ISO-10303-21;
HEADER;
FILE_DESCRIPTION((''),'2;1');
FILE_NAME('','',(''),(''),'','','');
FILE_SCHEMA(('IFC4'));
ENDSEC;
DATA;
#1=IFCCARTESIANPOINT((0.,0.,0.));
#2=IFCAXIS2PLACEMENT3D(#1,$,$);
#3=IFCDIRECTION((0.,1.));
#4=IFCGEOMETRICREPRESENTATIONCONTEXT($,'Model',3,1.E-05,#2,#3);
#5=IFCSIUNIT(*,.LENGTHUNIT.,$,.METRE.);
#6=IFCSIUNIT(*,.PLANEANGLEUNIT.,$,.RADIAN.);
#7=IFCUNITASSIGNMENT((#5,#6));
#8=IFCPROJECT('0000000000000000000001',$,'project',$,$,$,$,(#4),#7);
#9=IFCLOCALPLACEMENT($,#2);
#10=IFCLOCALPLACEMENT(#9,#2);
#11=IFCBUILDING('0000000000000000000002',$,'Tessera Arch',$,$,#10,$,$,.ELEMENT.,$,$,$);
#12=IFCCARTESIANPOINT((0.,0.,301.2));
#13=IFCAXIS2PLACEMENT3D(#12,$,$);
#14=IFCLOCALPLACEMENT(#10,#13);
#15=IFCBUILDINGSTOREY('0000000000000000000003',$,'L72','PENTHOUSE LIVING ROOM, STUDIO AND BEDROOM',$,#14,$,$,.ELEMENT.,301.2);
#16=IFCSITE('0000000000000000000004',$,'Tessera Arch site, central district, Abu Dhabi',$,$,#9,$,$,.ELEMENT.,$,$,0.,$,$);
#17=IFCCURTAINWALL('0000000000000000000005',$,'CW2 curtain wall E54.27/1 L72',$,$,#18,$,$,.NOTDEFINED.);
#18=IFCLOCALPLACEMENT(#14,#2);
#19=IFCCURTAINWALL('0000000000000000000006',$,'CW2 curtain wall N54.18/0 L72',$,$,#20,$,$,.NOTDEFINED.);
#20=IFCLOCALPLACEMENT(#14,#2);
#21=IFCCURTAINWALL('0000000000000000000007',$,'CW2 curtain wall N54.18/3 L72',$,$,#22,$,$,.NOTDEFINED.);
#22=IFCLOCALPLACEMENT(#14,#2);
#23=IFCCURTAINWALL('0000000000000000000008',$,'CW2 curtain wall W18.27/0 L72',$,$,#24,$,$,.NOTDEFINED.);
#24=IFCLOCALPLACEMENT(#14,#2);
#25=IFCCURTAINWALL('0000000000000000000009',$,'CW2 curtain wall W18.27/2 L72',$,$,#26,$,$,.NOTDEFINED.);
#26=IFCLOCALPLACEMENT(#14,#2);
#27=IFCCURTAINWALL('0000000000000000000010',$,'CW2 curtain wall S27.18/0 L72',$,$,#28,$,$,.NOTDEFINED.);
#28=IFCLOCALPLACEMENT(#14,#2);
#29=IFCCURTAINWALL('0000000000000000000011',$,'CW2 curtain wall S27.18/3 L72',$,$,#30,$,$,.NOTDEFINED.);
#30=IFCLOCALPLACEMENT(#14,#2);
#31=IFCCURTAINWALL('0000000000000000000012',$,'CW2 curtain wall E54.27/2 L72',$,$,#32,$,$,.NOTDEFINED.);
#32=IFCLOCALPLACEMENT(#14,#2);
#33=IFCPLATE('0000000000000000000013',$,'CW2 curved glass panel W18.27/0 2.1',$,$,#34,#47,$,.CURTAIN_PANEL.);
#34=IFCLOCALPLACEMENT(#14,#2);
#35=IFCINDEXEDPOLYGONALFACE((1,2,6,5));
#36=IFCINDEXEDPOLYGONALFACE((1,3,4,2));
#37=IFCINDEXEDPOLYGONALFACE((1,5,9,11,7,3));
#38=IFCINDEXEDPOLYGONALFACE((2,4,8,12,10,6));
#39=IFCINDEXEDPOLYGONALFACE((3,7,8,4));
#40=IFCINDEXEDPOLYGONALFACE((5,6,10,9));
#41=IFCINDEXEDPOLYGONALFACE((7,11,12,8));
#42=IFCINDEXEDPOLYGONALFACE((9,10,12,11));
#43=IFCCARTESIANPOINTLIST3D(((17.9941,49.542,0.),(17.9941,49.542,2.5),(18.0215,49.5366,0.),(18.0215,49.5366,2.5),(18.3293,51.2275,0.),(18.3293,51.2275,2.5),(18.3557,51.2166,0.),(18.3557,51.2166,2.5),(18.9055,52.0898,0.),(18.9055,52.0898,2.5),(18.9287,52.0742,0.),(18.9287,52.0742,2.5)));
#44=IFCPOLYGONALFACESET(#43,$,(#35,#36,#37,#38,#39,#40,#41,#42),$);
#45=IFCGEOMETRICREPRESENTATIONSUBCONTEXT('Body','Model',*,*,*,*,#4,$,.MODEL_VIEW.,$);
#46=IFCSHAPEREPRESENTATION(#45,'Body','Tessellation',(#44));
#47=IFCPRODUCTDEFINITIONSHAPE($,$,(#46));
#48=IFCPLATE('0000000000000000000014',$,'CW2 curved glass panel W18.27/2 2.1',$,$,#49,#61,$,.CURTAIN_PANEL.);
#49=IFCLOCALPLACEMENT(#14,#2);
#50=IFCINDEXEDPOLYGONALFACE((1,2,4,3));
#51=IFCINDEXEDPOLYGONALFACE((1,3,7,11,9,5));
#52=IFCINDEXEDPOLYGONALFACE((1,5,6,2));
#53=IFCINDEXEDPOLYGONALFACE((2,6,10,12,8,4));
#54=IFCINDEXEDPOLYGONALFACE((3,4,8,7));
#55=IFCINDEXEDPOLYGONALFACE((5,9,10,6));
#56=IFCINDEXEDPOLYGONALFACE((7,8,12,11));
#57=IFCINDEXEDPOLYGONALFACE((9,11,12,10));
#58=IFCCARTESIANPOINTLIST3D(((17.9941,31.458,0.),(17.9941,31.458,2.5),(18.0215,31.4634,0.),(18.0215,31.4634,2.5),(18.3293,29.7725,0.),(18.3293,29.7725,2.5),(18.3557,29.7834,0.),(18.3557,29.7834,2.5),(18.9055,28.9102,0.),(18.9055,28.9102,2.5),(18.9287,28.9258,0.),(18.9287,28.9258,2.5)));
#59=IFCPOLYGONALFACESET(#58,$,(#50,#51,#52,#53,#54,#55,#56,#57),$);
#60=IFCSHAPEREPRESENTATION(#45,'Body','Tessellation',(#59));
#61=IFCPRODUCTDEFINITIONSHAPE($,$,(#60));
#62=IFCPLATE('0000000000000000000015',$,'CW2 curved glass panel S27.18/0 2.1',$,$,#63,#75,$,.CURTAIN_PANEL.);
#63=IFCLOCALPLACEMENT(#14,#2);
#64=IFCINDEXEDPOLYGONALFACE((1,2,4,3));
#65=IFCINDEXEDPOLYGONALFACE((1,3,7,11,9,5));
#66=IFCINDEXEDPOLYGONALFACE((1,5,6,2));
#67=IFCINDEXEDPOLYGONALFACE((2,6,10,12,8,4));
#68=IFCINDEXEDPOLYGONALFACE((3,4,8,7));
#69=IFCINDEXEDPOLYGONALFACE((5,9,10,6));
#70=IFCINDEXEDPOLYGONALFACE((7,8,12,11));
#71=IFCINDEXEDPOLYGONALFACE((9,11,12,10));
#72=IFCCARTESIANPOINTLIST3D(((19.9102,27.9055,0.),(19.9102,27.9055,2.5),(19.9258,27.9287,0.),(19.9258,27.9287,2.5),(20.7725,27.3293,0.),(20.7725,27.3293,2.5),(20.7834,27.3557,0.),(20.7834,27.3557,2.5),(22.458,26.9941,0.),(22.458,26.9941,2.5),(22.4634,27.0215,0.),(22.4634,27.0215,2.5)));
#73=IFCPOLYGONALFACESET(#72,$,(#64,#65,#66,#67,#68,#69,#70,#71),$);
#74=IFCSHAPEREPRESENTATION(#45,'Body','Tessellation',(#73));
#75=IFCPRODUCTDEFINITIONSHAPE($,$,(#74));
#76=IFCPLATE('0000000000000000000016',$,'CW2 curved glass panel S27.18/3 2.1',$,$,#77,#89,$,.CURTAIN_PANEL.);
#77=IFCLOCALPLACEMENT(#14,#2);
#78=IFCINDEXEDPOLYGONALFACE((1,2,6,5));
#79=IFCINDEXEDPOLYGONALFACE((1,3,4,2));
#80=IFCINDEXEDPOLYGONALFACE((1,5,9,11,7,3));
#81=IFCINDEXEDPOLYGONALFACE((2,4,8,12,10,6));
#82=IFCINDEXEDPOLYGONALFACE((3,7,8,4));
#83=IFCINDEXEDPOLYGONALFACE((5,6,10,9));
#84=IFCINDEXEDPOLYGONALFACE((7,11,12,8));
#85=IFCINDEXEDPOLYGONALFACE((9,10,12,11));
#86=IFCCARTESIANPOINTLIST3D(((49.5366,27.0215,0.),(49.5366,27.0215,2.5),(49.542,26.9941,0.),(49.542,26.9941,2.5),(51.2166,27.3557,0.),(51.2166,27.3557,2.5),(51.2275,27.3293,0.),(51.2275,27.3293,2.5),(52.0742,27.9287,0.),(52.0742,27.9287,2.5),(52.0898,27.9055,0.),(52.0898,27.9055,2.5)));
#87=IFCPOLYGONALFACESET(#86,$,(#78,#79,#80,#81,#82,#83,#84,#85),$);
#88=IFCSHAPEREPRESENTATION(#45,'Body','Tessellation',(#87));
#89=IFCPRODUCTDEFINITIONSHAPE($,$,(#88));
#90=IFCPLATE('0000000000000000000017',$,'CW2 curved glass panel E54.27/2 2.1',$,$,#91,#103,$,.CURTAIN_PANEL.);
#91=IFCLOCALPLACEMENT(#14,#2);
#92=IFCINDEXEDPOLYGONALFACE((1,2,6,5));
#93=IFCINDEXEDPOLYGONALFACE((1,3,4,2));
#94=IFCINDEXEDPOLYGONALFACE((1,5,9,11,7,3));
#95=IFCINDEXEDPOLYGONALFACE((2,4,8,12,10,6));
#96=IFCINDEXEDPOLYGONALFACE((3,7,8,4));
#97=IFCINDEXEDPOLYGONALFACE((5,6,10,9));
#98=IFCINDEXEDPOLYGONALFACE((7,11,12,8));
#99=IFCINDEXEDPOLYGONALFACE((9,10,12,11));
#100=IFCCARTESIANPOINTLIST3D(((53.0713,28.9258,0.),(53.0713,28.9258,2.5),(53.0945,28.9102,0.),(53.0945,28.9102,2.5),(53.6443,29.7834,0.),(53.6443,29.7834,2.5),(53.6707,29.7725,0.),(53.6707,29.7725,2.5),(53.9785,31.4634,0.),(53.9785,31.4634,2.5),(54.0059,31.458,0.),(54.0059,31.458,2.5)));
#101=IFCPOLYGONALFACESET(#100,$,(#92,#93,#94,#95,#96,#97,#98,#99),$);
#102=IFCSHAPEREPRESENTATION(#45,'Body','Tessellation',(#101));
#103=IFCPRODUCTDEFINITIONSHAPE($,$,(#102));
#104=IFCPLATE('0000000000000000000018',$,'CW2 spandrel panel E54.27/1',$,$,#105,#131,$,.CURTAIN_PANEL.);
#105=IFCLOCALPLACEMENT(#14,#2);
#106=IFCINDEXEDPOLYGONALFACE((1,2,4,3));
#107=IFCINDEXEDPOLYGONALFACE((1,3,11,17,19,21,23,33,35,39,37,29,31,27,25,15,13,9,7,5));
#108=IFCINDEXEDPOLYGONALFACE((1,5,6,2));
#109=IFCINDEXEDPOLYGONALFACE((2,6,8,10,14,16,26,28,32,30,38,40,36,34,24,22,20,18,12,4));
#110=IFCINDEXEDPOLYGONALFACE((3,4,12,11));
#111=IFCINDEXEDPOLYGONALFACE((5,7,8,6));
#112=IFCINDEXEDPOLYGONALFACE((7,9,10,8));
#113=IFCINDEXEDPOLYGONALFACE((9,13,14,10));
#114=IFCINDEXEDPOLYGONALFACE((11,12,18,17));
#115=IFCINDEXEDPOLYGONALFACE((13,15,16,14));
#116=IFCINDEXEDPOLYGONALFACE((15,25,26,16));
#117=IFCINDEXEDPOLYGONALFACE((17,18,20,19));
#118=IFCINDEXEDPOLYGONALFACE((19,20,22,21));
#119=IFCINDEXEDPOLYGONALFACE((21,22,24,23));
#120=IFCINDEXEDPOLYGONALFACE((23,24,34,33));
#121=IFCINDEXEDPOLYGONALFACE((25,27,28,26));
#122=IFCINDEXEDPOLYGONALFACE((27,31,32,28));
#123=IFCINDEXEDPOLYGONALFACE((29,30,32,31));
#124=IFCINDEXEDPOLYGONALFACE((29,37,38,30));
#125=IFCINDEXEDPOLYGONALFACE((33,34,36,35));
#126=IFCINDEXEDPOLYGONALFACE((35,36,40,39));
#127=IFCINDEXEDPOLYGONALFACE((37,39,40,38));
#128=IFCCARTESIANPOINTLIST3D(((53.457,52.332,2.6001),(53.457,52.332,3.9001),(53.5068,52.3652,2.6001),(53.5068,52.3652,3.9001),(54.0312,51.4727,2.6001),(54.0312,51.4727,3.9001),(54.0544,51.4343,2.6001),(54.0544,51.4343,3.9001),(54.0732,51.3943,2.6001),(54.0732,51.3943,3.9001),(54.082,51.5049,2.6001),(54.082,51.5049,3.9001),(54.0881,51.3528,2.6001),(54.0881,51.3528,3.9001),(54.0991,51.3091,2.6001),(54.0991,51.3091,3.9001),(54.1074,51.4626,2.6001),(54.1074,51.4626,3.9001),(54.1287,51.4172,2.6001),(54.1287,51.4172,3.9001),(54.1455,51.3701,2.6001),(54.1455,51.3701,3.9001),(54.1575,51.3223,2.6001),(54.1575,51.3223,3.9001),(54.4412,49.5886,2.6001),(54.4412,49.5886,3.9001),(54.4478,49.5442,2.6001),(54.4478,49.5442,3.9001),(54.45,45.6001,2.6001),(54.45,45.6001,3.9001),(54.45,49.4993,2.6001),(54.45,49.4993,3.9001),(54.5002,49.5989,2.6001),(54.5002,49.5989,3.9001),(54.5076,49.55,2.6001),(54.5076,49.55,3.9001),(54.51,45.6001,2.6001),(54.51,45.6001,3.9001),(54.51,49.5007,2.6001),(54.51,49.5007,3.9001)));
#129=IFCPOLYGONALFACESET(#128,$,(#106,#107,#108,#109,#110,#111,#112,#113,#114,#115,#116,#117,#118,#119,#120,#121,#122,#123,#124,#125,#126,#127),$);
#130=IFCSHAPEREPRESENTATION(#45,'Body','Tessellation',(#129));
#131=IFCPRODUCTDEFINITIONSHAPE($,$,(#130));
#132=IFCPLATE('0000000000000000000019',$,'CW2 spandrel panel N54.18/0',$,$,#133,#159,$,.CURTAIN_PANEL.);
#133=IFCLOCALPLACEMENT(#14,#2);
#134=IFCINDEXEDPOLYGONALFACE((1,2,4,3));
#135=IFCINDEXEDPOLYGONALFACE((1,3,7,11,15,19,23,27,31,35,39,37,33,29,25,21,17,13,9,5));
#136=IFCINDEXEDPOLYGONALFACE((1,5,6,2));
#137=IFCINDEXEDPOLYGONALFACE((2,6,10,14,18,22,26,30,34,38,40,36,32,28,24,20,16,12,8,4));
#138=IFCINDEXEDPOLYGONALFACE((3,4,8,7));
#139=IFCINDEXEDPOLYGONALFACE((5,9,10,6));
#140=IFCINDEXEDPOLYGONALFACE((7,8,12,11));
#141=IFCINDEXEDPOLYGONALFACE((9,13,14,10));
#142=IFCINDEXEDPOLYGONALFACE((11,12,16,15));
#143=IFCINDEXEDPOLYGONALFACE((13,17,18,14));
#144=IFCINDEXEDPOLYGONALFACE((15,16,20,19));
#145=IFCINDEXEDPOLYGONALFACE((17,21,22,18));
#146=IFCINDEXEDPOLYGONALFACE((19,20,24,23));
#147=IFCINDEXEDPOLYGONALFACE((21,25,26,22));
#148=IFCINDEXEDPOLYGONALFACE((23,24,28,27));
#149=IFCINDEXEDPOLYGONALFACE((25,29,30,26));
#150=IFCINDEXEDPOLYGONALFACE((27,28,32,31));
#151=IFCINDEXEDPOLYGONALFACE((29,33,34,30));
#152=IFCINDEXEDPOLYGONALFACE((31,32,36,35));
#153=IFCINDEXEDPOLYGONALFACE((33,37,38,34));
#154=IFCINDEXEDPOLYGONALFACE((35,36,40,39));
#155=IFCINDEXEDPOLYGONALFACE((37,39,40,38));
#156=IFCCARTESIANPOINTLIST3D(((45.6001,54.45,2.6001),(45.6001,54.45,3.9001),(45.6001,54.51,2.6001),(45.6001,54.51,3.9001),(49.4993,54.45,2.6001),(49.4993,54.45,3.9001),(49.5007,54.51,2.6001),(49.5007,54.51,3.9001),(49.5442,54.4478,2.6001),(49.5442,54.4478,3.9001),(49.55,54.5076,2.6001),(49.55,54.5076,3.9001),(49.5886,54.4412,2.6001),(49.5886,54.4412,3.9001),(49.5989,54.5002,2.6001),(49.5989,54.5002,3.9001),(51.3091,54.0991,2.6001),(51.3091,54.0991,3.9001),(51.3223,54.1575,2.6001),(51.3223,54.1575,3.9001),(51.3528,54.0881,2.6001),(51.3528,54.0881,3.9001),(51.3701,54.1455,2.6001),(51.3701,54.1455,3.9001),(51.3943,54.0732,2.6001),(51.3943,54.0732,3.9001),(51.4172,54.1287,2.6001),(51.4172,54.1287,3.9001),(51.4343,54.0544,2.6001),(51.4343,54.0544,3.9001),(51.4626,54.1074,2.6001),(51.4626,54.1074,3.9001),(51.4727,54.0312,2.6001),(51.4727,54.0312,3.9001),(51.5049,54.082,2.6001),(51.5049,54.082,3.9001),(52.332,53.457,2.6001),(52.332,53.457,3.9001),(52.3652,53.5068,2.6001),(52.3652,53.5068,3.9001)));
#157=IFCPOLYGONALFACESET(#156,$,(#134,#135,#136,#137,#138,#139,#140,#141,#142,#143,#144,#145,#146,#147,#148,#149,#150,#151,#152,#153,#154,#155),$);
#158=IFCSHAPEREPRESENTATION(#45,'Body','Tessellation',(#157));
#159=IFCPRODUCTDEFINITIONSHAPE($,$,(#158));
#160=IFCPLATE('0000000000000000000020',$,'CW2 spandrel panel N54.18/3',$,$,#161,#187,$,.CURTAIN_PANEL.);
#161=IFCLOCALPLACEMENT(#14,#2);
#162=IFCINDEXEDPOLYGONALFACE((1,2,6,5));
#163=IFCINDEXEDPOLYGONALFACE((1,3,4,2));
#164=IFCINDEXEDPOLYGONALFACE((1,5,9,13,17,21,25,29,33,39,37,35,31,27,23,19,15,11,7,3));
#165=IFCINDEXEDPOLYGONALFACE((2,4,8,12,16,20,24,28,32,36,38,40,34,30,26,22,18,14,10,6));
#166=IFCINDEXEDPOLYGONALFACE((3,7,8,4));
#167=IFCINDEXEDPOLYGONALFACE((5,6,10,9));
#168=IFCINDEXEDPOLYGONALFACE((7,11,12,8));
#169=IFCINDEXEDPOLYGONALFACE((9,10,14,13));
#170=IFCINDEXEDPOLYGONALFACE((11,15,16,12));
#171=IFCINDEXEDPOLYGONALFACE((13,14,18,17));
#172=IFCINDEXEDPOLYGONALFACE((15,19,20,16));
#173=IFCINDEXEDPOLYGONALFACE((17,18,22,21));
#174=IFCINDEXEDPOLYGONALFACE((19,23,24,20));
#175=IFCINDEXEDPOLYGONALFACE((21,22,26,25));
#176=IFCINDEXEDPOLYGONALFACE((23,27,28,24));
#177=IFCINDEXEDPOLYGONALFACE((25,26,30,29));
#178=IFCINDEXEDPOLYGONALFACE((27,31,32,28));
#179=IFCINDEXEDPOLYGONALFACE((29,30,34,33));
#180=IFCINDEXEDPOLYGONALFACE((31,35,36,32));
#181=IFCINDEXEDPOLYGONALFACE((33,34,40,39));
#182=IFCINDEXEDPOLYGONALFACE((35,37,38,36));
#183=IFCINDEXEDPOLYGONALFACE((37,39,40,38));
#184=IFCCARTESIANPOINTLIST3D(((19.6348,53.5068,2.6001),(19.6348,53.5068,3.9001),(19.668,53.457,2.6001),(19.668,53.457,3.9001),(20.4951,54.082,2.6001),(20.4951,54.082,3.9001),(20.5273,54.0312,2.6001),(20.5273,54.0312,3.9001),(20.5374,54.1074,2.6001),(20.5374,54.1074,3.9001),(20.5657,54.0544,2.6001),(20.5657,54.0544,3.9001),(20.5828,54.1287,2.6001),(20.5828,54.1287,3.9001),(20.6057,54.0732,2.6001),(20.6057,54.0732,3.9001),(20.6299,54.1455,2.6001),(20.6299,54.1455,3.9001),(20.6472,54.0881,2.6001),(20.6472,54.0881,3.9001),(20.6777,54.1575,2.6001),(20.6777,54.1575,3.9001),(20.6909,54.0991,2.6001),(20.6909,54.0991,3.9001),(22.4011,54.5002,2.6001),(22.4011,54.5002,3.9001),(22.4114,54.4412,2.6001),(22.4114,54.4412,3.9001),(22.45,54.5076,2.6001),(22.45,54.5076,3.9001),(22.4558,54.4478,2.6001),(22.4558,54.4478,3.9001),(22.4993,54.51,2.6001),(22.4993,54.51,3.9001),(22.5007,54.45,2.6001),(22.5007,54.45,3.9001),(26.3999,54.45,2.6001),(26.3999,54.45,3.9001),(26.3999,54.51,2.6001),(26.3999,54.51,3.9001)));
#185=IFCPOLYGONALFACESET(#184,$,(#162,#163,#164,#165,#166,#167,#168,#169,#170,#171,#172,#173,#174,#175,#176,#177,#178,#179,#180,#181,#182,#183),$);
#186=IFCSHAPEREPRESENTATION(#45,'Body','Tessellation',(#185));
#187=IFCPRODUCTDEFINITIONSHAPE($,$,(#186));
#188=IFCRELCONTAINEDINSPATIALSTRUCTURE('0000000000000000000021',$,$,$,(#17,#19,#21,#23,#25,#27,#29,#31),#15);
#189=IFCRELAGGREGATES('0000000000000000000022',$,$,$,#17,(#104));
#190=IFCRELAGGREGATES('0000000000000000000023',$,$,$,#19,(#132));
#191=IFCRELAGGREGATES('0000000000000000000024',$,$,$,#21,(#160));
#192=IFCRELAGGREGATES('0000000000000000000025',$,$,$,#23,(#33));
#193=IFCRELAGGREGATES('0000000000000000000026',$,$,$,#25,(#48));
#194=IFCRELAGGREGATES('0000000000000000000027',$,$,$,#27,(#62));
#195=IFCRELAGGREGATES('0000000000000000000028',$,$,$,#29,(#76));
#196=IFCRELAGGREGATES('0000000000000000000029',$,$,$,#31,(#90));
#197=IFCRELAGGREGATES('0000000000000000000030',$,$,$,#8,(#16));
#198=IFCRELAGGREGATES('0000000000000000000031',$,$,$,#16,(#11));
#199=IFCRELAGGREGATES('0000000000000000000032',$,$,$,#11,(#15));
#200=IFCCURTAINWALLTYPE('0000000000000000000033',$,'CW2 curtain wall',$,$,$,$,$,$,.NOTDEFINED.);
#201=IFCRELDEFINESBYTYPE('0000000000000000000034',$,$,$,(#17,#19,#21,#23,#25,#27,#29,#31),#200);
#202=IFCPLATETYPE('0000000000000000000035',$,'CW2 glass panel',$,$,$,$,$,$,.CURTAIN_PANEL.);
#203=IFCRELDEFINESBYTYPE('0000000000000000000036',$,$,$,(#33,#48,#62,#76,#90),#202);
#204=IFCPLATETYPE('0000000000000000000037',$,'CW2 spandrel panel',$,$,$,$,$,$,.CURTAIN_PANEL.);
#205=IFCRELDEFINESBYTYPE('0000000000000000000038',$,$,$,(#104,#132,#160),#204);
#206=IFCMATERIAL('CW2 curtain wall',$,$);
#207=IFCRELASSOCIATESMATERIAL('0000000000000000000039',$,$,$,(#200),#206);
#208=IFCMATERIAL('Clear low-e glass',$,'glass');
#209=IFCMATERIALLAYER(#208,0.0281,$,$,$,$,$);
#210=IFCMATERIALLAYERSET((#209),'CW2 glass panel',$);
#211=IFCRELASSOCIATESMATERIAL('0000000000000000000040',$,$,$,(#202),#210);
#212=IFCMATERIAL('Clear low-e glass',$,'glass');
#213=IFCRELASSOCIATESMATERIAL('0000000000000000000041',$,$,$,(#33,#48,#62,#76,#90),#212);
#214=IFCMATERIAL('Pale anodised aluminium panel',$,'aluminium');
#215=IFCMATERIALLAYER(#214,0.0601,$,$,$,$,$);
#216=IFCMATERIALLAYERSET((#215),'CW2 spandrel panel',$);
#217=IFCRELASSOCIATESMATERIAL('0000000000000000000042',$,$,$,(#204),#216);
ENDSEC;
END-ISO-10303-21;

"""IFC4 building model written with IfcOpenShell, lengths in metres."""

from ifc_helpers import new_model, si_unit, direction, frame, origin, place, context, subcontext, project, spatial, polyline, outline, extrude, material, layer, layer_set, type_object, element, aggregate, save


model = new_model("IFC4")

# Units and contexts
model_context = context("Model", 3, precision=1e-05, world=origin(), true_north=direction((0.0, 1.0)))
body_context = subcontext(model_context, "Body", "Model", "MODEL_VIEW")
ifc_project = project(units=[si_unit("LENGTHUNIT", "METRE"), si_unit("PLANEANGLEUNIT", "RADIAN")], contexts=[model_context])

# Site, building, storey
site_placement = place(None, origin())
site = spatial("IfcSite", under=ifc_project, at=site_placement, Name="Tessera Arch site, central district, Abu Dhabi", CompositionType="ELEMENT", RefElevation=0.0)
building_placement = place(site_placement, origin())
building = spatial("IfcBuilding", under=site, at=building_placement, Name="Tessera Arch", CompositionType="ELEMENT")
storey_placement = place(building_placement, frame((0.0, 0.0, 301.2)))
storey = spatial("IfcBuildingStorey", under=building, at=storey_placement, Name="L72", Description="PENTHOUSE LIVING ROOM, STUDIO AND BEDROOM", CompositionType="ELEMENT", Elevation=301.2)

# Curtain walls
ifc_material_1 = material(Name="CW2 curtain wall")
curtain_wall_type = type_object("IfcCurtainWallType", Name="CW2 curtain wall", PredefinedType="NOTDEFINED", material=ifc_material_1)
curtain_wall_1_placement = place(storey_placement, origin())
curtain_wall_1 = element("IfcCurtainWall", 1, at=curtain_wall_1_placement, inside=storey, type_object=curtain_wall_type, Name="CW2 curtain wall E54.27/1 L72", PredefinedType="NOTDEFINED")
curtain_wall_2_placement = place(storey_placement, origin())
curtain_wall_2 = element("IfcCurtainWall", 2, at=curtain_wall_2_placement, inside=storey, type_object=curtain_wall_type, Name="CW2 curtain wall N54.18/0 L72", PredefinedType="NOTDEFINED")
curtain_wall_3_placement = place(storey_placement, origin())
curtain_wall_3 = element("IfcCurtainWall", 3, at=curtain_wall_3_placement, inside=storey, type_object=curtain_wall_type, Name="CW2 curtain wall N54.18/3 L72", PredefinedType="NOTDEFINED")
curtain_wall_4_placement = place(storey_placement, origin())
curtain_wall_4 = element("IfcCurtainWall", 4, at=curtain_wall_4_placement, inside=storey, type_object=curtain_wall_type, Name="CW2 curtain wall W18.27/0 L72", PredefinedType="NOTDEFINED")
curtain_wall_5_placement = place(storey_placement, origin())
curtain_wall_5 = element("IfcCurtainWall", 5, at=curtain_wall_5_placement, inside=storey, type_object=curtain_wall_type, Name="CW2 curtain wall W18.27/2 L72", PredefinedType="NOTDEFINED")
curtain_wall_6_placement = place(storey_placement, origin())
curtain_wall_6 = element("IfcCurtainWall", 6, at=curtain_wall_6_placement, inside=storey, type_object=curtain_wall_type, Name="CW2 curtain wall S27.18/0 L72", PredefinedType="NOTDEFINED")
curtain_wall_7_placement = place(storey_placement, origin())
curtain_wall_7 = element("IfcCurtainWall", 7, at=curtain_wall_7_placement, inside=storey, type_object=curtain_wall_type, Name="CW2 curtain wall S27.18/3 L72", PredefinedType="NOTDEFINED")
curtain_wall_8_placement = place(storey_placement, origin())
curtain_wall_8 = element("IfcCurtainWall", 8, at=curtain_wall_8_placement, inside=storey, type_object=curtain_wall_type, Name="CW2 curtain wall E54.27/2 L72", PredefinedType="NOTDEFINED")

# Plates
ifc_material_2 = material(Name="Clear low-e glass", Category="glass")
ifc_material_3 = material(Name="Clear low-e glass", Category="glass")
ifc_layer_1 = layer(ifc_material_3, 0.0281)
ifc_layer_set_1 = layer_set([ifc_layer_1], Name="CW2 glass panel")
plate_type_1 = type_object("IfcPlateType", Name="CW2 glass panel", PredefinedType="CURTAIN_PANEL", material=ifc_layer_set_1)
plate_1_placement = place(storey_placement, origin())
plate_1 = element("IfcPlate", 9, at=plate_1_placement, type_object=plate_type_1, material=ifc_material_2, Name="CW2 curved glass panel W18.27/0 2.1", PredefinedType="CURTAIN_PANEL", context=body_context, shape_type="SweptSolid", body=[
    extrude(outline(polyline([(18.3557, 51.2166), (18.9287, 52.0742), (18.9055, 52.0898), (18.3293, 51.2275), (17.9941, 49.542), (18.0215, 49.5366), (18.3557, 51.2166)])), origin(), (0.0, 0.0, 1.0), 2.5),
])
plate_2_placement = place(storey_placement, origin())
plate_2 = element("IfcPlate", 10, at=plate_2_placement, type_object=plate_type_1, material=ifc_material_2, Name="CW2 curved glass panel W18.27/2 2.1", PredefinedType="CURTAIN_PANEL", context=body_context, shape_type="SweptSolid", body=[
    extrude(outline(polyline([(18.3557, 29.7834), (18.0215, 31.4634), (17.9941, 31.458), (18.3293, 29.7725), (18.9055, 28.9102), (18.9287, 28.9258), (18.3557, 29.7834)])), origin(), (0.0, 0.0, 1.0), 2.5),
])
plate_3_placement = place(storey_placement, origin())
plate_3 = element("IfcPlate", 11, at=plate_3_placement, type_object=plate_type_1, material=ifc_material_2, Name="CW2 curved glass panel S27.18/0 2.1", PredefinedType="CURTAIN_PANEL", context=body_context, shape_type="SweptSolid", body=[
    extrude(outline(polyline([(20.7834, 27.3557), (19.9258, 27.9287), (19.9102, 27.9055), (20.7725, 27.3293), (22.458, 26.9941), (22.4634, 27.0215), (20.7834, 27.3557)])), origin(), (0.0, 0.0, 1.0), 2.5),
])
plate_4_placement = place(storey_placement, origin())
plate_4 = element("IfcPlate", 12, at=plate_4_placement, type_object=plate_type_1, material=ifc_material_2, Name="CW2 curved glass panel S27.18/3 2.1", PredefinedType="CURTAIN_PANEL", context=body_context, shape_type="SweptSolid", body=[
    extrude(outline(polyline([(51.2166, 27.3557), (49.5366, 27.0215), (49.542, 26.9941), (51.2275, 27.3293), (52.0898, 27.9055), (52.0742, 27.9287), (51.2166, 27.3557)])), origin(), (0.0, 0.0, 1.0), 2.5),
])
plate_5_placement = place(storey_placement, origin())
plate_5 = element("IfcPlate", 13, at=plate_5_placement, type_object=plate_type_1, material=ifc_material_2, Name="CW2 curved glass panel E54.27/2 2.1", PredefinedType="CURTAIN_PANEL", context=body_context, shape_type="SweptSolid", body=[
    extrude(outline(polyline([(53.6443, 29.7834), (53.0713, 28.9258), (53.0945, 28.9102), (53.6707, 29.7725), (54.0059, 31.458), (53.9785, 31.4634), (53.6443, 29.7834)])), origin(), (0.0, 0.0, 1.0), 2.5),
])
ifc_material_4 = material(Name="Pale anodised aluminium panel", Category="aluminium")
ifc_layer_2 = layer(ifc_material_4, 0.0601)
ifc_layer_set_2 = layer_set([ifc_layer_2], Name="CW2 spandrel panel")
plate_type_2 = type_object("IfcPlateType", Name="CW2 spandrel panel", PredefinedType="CURTAIN_PANEL", material=ifc_layer_set_2)
plate_6_placement = place(storey_placement, frame((0.0, 0.0, 2.6001)))
plate_6 = element("IfcPlate", 14, at=plate_6_placement, type_object=plate_type_2, Name="CW2 spandrel panel E54.27/1", PredefinedType="CURTAIN_PANEL", context=body_context, shape_type="SweptSolid", body=[
    extrude(outline(polyline([(54.45, 49.4993), (54.45, 45.6001), (54.51, 45.6001), (54.51, 49.5007), (54.5076, 49.55), (54.5002, 49.5989), (54.1575, 51.3223), (54.1455, 51.3701), (54.1287, 51.4172), (54.1074, 51.4626), (54.082, 51.5049), (53.5068, 52.3652), (53.457, 52.332), (54.0312, 51.4727), (54.0544, 51.4343), (54.0732, 51.3943), (54.0881, 51.3528), (54.0991, 51.3091), (54.4412, 49.5886), (54.4478, 49.5442), (54.45, 49.4993)])), origin(), (0.0, 0.0, 1.0), 1.3),
])
aggregate(curtain_wall_1, [plate_6])
plate_7_placement = place(storey_placement, frame((0.0, 0.0, 2.6001)))
plate_7 = element("IfcPlate", 15, at=plate_7_placement, type_object=plate_type_2, Name="CW2 spandrel panel N54.18/0", PredefinedType="CURTAIN_PANEL", context=body_context, shape_type="SweptSolid", body=[
    extrude(outline(polyline([(51.4727, 54.0312), (52.332, 53.457), (52.3652, 53.5068), (51.5049, 54.082), (51.4626, 54.1074), (51.4172, 54.1287), (51.3701, 54.1455), (51.3223, 54.1575), (49.5989, 54.5002), (49.55, 54.5076), (49.5007, 54.51), (45.6001, 54.51), (45.6001, 54.45), (49.4993, 54.45), (49.5442, 54.4478), (49.5886, 54.4412), (51.3091, 54.0991), (51.3528, 54.0881), (51.3943, 54.0732), (51.4343, 54.0544), (51.4727, 54.0312)])), origin(), (0.0, 0.0, 1.0), 1.3),
])
aggregate(curtain_wall_2, [plate_7])
plate_8_placement = place(storey_placement, frame((0.0, 0.0, 2.6001)))
plate_8 = element("IfcPlate", 16, at=plate_8_placement, type_object=plate_type_2, Name="CW2 spandrel panel N54.18/3", PredefinedType="CURTAIN_PANEL", context=body_context, shape_type="SweptSolid", body=[
    extrude(outline(polyline([(22.5007, 54.45), (26.3999, 54.45), (26.3999, 54.51), (22.4993, 54.51), (22.45, 54.5076), (22.4011, 54.5002), (20.6777, 54.1575), (20.6299, 54.1455), (20.5828, 54.1287), (20.5374, 54.1074), (20.4951, 54.082), (19.6348, 53.5068), (19.668, 53.457), (20.5273, 54.0312), (20.5657, 54.0544), (20.6057, 54.0732), (20.6472, 54.0881), (20.6909, 54.0991), (22.4114, 54.4412), (22.4558, 54.4478), (22.5007, 54.45)])), origin(), (0.0, 0.0, 1.0), 1.3),
])
aggregate(curtain_wall_3, [plate_8])
aggregate(curtain_wall_4, [plate_1])
aggregate(curtain_wall_5, [plate_2])
aggregate(curtain_wall_6, [plate_3])
aggregate(curtain_wall_7, [plate_4])
aggregate(curtain_wall_8, [plate_5])

save(model, "model.ifc")
